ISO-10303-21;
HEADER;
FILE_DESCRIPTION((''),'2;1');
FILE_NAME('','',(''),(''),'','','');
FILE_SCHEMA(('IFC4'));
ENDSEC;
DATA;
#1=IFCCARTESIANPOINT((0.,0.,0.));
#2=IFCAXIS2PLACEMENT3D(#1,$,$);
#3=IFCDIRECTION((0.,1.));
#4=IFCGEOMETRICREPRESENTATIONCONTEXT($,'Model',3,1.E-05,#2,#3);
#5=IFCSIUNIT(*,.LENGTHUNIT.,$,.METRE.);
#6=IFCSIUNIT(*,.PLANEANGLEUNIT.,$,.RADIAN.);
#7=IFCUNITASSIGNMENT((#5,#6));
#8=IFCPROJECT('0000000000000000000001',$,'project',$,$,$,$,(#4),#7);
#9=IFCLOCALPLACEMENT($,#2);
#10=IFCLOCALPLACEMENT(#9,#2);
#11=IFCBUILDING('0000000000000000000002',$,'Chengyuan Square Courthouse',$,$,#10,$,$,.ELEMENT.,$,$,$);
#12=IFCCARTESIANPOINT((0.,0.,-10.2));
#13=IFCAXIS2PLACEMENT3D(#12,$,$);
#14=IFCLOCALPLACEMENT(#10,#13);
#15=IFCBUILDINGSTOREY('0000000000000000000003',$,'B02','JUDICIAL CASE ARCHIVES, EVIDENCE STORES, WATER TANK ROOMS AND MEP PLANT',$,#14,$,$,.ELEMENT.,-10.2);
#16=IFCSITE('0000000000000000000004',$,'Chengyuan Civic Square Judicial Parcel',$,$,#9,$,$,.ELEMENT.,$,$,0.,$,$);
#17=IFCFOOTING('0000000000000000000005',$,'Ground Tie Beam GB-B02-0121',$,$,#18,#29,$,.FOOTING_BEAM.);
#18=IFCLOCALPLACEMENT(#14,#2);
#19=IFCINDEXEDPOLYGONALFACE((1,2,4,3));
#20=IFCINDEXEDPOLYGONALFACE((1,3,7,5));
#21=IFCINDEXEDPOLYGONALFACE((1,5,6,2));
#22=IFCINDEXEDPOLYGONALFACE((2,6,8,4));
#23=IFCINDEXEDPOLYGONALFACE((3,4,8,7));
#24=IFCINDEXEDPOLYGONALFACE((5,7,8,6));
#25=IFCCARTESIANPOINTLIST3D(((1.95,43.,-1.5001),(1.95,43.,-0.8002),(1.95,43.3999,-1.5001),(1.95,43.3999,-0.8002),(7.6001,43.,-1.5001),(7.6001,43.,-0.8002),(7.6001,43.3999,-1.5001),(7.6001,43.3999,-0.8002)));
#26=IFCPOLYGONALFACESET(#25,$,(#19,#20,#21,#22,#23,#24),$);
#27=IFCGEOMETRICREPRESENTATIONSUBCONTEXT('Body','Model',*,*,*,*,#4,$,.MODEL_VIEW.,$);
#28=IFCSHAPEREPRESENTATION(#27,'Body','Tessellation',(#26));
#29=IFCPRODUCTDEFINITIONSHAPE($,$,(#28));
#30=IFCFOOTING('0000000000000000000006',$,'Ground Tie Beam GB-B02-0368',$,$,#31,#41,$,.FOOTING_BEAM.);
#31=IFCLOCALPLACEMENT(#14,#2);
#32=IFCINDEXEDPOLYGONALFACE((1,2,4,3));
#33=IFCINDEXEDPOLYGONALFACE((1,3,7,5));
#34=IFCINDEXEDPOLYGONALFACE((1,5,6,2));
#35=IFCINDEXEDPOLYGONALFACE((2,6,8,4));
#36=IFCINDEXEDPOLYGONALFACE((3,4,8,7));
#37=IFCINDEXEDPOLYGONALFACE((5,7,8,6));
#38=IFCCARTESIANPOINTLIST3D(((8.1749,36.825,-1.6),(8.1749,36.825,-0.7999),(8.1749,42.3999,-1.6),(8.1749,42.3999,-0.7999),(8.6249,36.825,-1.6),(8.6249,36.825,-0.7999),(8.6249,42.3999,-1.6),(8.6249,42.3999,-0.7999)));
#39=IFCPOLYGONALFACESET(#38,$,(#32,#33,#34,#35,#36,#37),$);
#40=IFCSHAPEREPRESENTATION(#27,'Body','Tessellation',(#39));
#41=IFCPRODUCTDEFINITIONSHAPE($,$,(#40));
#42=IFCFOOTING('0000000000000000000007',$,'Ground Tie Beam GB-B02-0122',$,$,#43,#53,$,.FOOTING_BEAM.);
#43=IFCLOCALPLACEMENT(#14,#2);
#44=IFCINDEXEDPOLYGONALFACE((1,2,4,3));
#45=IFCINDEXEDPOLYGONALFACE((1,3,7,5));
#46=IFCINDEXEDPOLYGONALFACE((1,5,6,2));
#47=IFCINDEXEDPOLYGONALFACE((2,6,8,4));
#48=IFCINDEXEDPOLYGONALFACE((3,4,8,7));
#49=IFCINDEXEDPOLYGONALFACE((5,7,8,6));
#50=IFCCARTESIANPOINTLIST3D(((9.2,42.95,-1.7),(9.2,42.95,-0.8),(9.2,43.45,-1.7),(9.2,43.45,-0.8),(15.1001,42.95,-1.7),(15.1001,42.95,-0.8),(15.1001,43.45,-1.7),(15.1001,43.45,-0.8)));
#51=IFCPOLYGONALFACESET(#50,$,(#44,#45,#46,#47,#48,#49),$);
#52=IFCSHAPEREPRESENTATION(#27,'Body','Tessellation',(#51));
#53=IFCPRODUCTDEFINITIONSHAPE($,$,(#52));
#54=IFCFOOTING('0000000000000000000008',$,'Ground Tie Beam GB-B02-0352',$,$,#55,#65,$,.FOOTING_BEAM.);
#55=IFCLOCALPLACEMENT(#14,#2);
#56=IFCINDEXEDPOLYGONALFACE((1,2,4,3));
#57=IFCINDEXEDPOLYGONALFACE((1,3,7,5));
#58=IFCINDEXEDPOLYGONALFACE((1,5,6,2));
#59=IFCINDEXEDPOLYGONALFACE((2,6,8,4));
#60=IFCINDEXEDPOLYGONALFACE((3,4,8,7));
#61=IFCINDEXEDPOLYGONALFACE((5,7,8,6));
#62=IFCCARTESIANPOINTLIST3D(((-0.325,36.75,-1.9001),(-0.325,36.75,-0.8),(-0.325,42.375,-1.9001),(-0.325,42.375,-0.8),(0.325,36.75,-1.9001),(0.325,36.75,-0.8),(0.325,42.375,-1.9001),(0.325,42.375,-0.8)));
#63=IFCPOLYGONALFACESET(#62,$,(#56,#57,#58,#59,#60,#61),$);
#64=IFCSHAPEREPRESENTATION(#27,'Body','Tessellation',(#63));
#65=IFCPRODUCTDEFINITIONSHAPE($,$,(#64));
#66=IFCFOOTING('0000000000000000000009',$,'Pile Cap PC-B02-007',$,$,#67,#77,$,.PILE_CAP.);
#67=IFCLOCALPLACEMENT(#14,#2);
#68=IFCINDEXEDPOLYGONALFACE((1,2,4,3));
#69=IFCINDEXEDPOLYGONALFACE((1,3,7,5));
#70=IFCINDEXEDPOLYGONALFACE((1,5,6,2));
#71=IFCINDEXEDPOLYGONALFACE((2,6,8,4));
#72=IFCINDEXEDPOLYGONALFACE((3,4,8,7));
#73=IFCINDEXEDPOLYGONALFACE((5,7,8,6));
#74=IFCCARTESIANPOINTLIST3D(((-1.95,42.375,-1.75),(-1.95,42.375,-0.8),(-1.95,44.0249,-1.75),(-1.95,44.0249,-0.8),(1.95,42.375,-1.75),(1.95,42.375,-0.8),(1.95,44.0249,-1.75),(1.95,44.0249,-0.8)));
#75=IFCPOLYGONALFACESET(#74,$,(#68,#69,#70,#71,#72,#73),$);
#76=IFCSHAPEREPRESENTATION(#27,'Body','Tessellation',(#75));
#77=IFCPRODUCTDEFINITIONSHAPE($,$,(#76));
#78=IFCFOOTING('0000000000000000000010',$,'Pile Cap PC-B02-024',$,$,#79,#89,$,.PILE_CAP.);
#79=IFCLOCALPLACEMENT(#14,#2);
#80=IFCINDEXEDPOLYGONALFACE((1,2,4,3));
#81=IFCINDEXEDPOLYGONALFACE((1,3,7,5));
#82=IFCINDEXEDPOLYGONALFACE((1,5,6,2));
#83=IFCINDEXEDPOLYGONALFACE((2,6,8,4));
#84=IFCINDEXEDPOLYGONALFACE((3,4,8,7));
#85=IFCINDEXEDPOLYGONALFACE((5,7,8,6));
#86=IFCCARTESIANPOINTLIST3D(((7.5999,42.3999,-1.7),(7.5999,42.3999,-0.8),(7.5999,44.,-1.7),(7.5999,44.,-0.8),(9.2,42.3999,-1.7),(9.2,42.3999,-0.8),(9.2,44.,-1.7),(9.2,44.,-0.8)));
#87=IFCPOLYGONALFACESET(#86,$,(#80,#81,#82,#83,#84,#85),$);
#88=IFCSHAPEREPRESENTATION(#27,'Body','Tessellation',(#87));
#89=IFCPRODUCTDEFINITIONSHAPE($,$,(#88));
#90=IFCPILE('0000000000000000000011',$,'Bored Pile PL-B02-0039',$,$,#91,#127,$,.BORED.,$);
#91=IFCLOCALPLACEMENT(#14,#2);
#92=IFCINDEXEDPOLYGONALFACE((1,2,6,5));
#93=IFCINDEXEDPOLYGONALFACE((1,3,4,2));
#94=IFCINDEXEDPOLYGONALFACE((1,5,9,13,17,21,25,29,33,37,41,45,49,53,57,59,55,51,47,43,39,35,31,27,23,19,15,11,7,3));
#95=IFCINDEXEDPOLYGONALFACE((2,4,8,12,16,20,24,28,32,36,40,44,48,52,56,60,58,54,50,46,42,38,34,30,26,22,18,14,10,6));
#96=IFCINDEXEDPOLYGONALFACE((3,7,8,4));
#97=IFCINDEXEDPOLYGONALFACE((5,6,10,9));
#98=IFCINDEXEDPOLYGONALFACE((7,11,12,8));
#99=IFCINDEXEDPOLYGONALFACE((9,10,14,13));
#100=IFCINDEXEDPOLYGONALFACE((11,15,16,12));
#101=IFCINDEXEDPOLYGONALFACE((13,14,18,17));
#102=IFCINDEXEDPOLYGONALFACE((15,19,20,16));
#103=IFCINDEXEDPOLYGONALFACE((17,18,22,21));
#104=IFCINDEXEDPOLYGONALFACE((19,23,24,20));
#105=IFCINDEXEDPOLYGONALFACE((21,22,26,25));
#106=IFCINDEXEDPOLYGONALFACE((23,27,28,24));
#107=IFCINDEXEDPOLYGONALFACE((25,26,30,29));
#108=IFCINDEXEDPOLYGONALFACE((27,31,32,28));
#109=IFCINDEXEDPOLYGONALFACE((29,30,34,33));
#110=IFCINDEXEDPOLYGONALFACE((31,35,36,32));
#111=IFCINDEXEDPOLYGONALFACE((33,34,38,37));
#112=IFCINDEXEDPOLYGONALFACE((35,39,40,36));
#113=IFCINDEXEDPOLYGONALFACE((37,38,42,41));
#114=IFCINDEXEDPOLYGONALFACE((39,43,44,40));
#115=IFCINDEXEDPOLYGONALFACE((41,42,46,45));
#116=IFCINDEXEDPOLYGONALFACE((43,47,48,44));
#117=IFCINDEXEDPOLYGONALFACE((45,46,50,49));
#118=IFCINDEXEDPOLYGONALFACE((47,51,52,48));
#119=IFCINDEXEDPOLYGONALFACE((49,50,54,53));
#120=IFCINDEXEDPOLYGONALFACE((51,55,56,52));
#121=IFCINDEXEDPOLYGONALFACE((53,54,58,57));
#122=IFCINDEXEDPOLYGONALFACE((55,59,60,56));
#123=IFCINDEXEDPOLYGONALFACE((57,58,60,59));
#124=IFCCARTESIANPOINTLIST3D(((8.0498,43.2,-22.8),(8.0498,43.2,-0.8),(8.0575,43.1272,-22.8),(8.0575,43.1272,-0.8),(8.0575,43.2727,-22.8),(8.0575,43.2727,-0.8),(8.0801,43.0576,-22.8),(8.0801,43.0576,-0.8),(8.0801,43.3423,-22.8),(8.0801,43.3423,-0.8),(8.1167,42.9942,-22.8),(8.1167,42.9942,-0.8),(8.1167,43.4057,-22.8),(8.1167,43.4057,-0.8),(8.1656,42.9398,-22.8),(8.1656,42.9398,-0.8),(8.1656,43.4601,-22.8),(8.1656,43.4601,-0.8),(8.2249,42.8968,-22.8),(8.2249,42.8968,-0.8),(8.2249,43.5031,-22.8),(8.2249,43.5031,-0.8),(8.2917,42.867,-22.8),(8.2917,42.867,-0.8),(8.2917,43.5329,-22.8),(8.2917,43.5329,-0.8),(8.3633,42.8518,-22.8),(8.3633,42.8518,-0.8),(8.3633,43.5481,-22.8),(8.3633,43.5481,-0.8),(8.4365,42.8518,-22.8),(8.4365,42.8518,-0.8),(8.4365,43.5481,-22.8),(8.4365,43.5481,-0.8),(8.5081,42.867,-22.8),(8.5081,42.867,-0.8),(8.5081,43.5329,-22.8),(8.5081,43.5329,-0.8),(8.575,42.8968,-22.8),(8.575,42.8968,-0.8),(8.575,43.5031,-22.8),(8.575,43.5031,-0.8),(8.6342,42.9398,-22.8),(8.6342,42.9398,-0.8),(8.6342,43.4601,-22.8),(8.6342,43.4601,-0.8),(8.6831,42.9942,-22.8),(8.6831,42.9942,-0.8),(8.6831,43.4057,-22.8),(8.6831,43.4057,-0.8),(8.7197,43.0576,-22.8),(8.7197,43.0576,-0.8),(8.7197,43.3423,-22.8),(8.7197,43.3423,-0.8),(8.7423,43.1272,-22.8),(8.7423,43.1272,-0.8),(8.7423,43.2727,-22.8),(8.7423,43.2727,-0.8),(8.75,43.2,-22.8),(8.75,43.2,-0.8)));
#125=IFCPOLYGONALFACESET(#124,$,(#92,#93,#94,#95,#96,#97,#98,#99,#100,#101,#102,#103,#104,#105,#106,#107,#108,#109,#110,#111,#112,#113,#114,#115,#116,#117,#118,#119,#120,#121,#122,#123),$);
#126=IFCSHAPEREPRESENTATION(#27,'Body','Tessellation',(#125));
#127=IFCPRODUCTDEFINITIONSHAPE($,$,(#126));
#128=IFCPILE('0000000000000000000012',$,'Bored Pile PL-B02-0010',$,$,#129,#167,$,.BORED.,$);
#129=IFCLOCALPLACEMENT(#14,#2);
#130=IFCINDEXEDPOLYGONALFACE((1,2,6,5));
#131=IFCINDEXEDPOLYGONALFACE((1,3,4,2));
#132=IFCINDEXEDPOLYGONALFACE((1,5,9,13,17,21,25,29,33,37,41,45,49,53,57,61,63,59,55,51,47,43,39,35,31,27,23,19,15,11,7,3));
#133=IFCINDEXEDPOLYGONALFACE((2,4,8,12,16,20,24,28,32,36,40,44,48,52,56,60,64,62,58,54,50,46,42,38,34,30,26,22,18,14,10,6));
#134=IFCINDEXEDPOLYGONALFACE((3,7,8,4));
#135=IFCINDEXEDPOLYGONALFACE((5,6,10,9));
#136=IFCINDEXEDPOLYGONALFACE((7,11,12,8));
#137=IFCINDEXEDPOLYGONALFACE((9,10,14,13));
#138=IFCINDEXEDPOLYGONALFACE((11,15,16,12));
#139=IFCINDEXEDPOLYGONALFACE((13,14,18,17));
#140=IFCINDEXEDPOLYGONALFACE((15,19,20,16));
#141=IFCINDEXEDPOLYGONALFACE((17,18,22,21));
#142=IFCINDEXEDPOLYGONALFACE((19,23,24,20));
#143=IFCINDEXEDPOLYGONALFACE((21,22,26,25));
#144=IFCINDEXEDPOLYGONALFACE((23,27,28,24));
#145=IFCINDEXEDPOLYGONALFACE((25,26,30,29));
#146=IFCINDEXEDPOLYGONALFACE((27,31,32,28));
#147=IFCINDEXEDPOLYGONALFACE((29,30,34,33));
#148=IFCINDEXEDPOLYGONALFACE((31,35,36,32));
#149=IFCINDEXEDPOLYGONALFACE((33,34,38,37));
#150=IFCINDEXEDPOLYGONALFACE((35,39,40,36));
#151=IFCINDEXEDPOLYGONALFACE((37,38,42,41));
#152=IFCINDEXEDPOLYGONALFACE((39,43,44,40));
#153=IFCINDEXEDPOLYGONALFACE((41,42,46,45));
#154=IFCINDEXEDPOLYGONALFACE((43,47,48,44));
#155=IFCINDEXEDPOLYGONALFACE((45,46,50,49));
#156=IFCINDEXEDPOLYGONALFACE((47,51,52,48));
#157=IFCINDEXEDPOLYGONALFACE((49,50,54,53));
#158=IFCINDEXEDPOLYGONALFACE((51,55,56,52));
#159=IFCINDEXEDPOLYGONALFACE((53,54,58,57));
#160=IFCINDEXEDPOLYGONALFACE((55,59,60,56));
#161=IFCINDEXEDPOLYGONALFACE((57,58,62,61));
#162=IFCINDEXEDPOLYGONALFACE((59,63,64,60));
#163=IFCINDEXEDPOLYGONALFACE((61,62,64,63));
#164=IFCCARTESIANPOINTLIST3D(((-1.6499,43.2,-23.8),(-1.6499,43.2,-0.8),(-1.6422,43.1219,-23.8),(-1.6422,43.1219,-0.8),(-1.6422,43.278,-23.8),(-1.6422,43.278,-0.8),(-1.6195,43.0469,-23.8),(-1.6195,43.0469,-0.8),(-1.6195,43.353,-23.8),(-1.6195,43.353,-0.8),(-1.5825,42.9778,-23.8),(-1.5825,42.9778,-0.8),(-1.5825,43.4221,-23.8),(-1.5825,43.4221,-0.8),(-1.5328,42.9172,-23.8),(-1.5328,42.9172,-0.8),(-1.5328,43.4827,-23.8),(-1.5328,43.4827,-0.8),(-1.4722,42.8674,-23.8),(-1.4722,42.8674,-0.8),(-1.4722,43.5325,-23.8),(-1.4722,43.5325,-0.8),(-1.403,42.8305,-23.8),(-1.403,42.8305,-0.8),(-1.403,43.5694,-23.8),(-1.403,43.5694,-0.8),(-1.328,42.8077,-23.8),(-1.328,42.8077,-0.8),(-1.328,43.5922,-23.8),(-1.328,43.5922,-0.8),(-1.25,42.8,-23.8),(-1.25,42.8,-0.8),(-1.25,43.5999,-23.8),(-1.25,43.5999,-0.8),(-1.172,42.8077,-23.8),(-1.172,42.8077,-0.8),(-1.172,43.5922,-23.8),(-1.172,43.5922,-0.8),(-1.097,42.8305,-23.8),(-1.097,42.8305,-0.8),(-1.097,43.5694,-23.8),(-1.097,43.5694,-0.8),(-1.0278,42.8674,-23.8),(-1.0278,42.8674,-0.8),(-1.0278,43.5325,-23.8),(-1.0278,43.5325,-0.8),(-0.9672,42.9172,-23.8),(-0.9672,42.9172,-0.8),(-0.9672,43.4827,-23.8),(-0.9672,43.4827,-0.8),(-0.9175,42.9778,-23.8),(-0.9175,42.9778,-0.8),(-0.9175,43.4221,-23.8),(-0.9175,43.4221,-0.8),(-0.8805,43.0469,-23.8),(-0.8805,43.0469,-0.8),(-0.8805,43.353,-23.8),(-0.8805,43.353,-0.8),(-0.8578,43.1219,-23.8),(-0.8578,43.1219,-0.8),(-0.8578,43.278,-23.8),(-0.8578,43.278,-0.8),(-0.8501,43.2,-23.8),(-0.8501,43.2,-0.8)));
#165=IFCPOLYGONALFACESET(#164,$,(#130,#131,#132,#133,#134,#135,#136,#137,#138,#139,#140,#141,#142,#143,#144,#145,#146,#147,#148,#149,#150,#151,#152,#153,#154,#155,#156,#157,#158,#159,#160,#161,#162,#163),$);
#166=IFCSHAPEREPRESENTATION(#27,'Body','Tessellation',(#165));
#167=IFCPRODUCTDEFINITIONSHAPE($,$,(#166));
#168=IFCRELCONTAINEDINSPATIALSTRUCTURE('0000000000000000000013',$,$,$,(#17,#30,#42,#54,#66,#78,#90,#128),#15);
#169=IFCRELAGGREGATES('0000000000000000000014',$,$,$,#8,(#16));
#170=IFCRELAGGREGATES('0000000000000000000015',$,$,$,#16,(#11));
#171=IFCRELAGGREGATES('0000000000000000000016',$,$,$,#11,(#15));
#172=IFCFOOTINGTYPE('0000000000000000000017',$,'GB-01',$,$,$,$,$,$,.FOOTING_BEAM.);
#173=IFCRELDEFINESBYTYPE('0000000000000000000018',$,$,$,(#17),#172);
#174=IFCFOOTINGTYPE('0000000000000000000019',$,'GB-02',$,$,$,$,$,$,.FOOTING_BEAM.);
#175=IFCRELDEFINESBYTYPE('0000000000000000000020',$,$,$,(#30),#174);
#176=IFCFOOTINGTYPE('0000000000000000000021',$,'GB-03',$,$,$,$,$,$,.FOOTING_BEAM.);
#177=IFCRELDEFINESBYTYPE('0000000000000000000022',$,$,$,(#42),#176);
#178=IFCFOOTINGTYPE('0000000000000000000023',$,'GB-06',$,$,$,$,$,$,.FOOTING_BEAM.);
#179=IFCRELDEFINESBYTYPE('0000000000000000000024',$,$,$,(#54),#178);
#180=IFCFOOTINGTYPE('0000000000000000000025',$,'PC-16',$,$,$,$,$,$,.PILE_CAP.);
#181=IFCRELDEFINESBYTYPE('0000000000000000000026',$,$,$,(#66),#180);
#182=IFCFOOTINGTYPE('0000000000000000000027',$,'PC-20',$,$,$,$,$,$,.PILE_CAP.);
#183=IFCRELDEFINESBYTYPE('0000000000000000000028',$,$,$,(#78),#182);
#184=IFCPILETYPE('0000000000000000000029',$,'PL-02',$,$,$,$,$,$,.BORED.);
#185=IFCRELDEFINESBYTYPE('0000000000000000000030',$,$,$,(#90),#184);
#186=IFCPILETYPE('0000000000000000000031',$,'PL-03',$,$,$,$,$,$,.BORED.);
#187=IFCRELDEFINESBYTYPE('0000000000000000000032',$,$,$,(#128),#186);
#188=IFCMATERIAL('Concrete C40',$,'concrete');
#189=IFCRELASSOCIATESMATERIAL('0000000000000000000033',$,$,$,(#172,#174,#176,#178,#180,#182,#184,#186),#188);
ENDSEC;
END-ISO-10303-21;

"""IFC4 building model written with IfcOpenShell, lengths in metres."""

from ifc_helpers import new_model, si_unit, direction, frame, origin, origin_2d, place, context, subcontext, project, spatial, rectangle, circle, extrude, material, material_profile, profile_set, type_object, element, save


model = new_model("IFC4")

# Units and contexts
model_context = context("Model", 3, precision=1e-05, world=origin(), true_north=direction((0.0, 1.0)))
body_context = subcontext(model_context, "Body", "Model", "MODEL_VIEW")
ifc_project = project(units=[si_unit("LENGTHUNIT", "METRE"), si_unit("PLANEANGLEUNIT", "RADIAN")], contexts=[model_context])

# Site, building, storey
site_placement = place(None, origin())
site = spatial("IfcSite", under=ifc_project, at=site_placement, Name="Chengyuan Civic Square Judicial Parcel", CompositionType="ELEMENT", RefElevation=0.0)
building_placement = place(site_placement, origin())
building = spatial("IfcBuilding", under=site, at=building_placement, Name="Chengyuan Square Courthouse", CompositionType="ELEMENT")
storey_placement = place(building_placement, frame((0.0, 0.0, -10.2)))
storey = spatial("IfcBuildingStorey", under=building, at=storey_placement, Name="B02", Description="JUDICIAL CASE ARCHIVES, EVIDENCE STORES, WATER TANK ROOMS AND MEP PLANT", CompositionType="ELEMENT", Elevation=-10.2)

# Footings
ifc_material_1 = material(Name="Concrete C40", Category="concrete")
ifc_material_profile_1 = material_profile(ifc_material_1, rectangle(XDim=0.3999, YDim=0.7, at=origin_2d()), Name="GB-400x700")
ifc_profile_set_1 = profile_set([ifc_material_profile_1], Name="Concrete C40")
footing_type_1 = type_object("IfcFootingType", Name="GB-01", PredefinedType="FOOTING_BEAM", material=ifc_profile_set_1)
footing_1_placement = place(storey_placement, frame((1.95, 43.2, -1.1501), z_axis=(1.0, 0.0, 0.0), x_axis=(0.0, 1.0, 0.0)))
element("IfcFooting", 1, at=footing_1_placement, inside=storey, type_object=footing_type_1, Name="Ground Tie Beam GB-B02-0121", PredefinedType="FOOTING_BEAM", context=body_context, shape_type="SweptSolid", body=[
    extrude(rectangle(XDim=0.3999, YDim=0.7, at=origin_2d()), origin(), (0.0, 0.0, 1.0), 5.6501),
])
ifc_material_profile_2 = material_profile(ifc_material_1, rectangle(XDim=0.45, YDim=0.8, at=origin_2d()), Name="GB-450x800")
ifc_profile_set_2 = profile_set([ifc_material_profile_2], Name="Concrete C40")
footing_type_2 = type_object("IfcFootingType", Name="GB-02", PredefinedType="FOOTING_BEAM", material=ifc_profile_set_2)
footing_2_placement = place(storey_placement, frame((8.3999, 36.825, -1.2), z_axis=(0.0, 1.0, 0.0), x_axis=(-1.0, 0.0, 0.0)))
element("IfcFooting", 2, at=footing_2_placement, inside=storey, type_object=footing_type_2, Name="Ground Tie Beam GB-B02-0368", PredefinedType="FOOTING_BEAM", context=body_context, shape_type="SweptSolid", body=[
    extrude(rectangle(XDim=0.45, YDim=0.8, at=origin_2d()), origin(), (0.0, 0.0, 1.0), 5.575),
])
ifc_material_profile_3 = material_profile(ifc_material_1, rectangle(XDim=0.5, YDim=0.8999, at=origin_2d()), Name="GB-500x900")
ifc_profile_set_3 = profile_set([ifc_material_profile_3], Name="Concrete C40")
footing_type_3 = type_object("IfcFootingType", Name="GB-03", PredefinedType="FOOTING_BEAM", material=ifc_profile_set_3)
footing_3_placement = place(storey_placement, frame((9.2, 43.2, -1.25), z_axis=(1.0, 0.0, 0.0), x_axis=(0.0, 1.0, 0.0)))
element("IfcFooting", 3, at=footing_3_placement, inside=storey, type_object=footing_type_3, Name="Ground Tie Beam GB-B02-0122", PredefinedType="FOOTING_BEAM", context=body_context, shape_type="SweptSolid", body=[
    extrude(rectangle(XDim=0.5, YDim=0.8999, at=origin_2d()), origin(), (0.0, 0.0, 1.0), 5.9001),
])
ifc_material_profile_4 = material_profile(ifc_material_1, rectangle(XDim=0.6499, YDim=1.1001, at=origin_2d()), Name="GB-650x1100")
ifc_profile_set_4 = profile_set([ifc_material_profile_4], Name="Concrete C40")
footing_type_4 = type_object("IfcFootingType", Name="GB-06", PredefinedType="FOOTING_BEAM", material=ifc_profile_set_4)
footing_4_placement = place(storey_placement, frame((0.0, 36.75, -1.3501), z_axis=(0.0, 1.0, 0.0), x_axis=(-1.0, 0.0, 0.0)))
element("IfcFooting", 4, at=footing_4_placement, inside=storey, type_object=footing_type_4, Name="Ground Tie Beam GB-B02-0352", PredefinedType="FOOTING_BEAM", context=body_context, shape_type="SweptSolid", body=[
    extrude(rectangle(XDim=0.6499, YDim=1.1001, at=origin_2d()), origin(), (0.0, 0.0, 1.0), 5.625),
])
footing_type_5 = type_object("IfcFootingType", Name="PC-16", PredefinedType="PILE_CAP", material=ifc_material_1)
footing_5_placement = place(storey_placement, frame((0.0, 43.2, -1.75), z_axis=(0.0, 0.0, 1.0), x_axis=(1.0, 0.0, 0.0)))
element("IfcFooting", 5, at=footing_5_placement, inside=storey, type_object=footing_type_5, Name="Pile Cap PC-B02-007", PredefinedType="PILE_CAP", context=body_context, shape_type="SweptSolid", body=[
    extrude(rectangle(XDim=3.8999, YDim=1.6499, at=origin_2d()), origin(), (0.0, 0.0, 1.0), 0.95),
])
footing_type_6 = type_object("IfcFootingType", Name="PC-20", PredefinedType="PILE_CAP", material=ifc_material_1)
footing_6_placement = place(storey_placement, frame((8.3999, 43.2, -1.7), z_axis=(0.0, 0.0, 1.0), x_axis=(1.0, 0.0, 0.0)))
element("IfcFooting", 6, at=footing_6_placement, inside=storey, type_object=footing_type_6, Name="Pile Cap PC-B02-024", PredefinedType="PILE_CAP", context=body_context, shape_type="SweptSolid", body=[
    extrude(rectangle(XDim=1.6001, YDim=1.6001, at=origin_2d()), origin(), (0.0, 0.0, 1.0), 0.8999),
])

# Piles
ifc_material_profile_5 = material_profile(ifc_material_1, circle(Radius=0.3501, at=origin_2d()), Name="BORED PILE D700")
ifc_profile_set_5 = profile_set([ifc_material_profile_5], Name="Concrete C40")
pile_type_1 = type_object("IfcPileType", Name="PL-02", PredefinedType="BORED", material=ifc_profile_set_5)
pile_placement = place(storey_placement, frame((8.3999, 43.2, -0.8), z_axis=(0.0, 0.0, -1.0), x_axis=(1.0, 0.0, 0.0)))
element("IfcPile", 7, at=pile_placement, inside=storey, type_object=pile_type_1, Name="Bored Pile PL-B02-0039", PredefinedType="BORED", context=body_context, shape_type="SweptSolid", body=[
    extrude(circle(Radius=0.3501, at=origin_2d()), origin(), (0.0, 0.0, 1.0), 22.0),
])
ifc_material_profile_6 = material_profile(ifc_material_1, circle(Radius=0.3999, at=origin_2d()), Name="BORED PILE D800")
ifc_profile_set_6 = profile_set([ifc_material_profile_6], Name="Concrete C40")
pile_type_2 = type_object("IfcPileType", Name="PL-03", PredefinedType="BORED", material=ifc_profile_set_6)
for number, where, z_axis, x_axis, name in (
    (8, (-1.25, 43.2, -0.8), (0.0, 0.0, -1.0), (1.0, 0.0, 0.0), "Bored Pile PL-B02-0010"),
):
    element("IfcPile", number, at=place(storey_placement, frame(where, z_axis=z_axis, x_axis=x_axis)), inside=storey, type_object=pile_type_2, Name=name, PredefinedType="BORED", context=body_context, shape_type="SweptSolid", body=[
        extrude(circle(Radius=0.3999, at=origin_2d()), origin(), (0.0, 0.0, 1.0), 23.0),
    ])

save(model, "model.ifc")
